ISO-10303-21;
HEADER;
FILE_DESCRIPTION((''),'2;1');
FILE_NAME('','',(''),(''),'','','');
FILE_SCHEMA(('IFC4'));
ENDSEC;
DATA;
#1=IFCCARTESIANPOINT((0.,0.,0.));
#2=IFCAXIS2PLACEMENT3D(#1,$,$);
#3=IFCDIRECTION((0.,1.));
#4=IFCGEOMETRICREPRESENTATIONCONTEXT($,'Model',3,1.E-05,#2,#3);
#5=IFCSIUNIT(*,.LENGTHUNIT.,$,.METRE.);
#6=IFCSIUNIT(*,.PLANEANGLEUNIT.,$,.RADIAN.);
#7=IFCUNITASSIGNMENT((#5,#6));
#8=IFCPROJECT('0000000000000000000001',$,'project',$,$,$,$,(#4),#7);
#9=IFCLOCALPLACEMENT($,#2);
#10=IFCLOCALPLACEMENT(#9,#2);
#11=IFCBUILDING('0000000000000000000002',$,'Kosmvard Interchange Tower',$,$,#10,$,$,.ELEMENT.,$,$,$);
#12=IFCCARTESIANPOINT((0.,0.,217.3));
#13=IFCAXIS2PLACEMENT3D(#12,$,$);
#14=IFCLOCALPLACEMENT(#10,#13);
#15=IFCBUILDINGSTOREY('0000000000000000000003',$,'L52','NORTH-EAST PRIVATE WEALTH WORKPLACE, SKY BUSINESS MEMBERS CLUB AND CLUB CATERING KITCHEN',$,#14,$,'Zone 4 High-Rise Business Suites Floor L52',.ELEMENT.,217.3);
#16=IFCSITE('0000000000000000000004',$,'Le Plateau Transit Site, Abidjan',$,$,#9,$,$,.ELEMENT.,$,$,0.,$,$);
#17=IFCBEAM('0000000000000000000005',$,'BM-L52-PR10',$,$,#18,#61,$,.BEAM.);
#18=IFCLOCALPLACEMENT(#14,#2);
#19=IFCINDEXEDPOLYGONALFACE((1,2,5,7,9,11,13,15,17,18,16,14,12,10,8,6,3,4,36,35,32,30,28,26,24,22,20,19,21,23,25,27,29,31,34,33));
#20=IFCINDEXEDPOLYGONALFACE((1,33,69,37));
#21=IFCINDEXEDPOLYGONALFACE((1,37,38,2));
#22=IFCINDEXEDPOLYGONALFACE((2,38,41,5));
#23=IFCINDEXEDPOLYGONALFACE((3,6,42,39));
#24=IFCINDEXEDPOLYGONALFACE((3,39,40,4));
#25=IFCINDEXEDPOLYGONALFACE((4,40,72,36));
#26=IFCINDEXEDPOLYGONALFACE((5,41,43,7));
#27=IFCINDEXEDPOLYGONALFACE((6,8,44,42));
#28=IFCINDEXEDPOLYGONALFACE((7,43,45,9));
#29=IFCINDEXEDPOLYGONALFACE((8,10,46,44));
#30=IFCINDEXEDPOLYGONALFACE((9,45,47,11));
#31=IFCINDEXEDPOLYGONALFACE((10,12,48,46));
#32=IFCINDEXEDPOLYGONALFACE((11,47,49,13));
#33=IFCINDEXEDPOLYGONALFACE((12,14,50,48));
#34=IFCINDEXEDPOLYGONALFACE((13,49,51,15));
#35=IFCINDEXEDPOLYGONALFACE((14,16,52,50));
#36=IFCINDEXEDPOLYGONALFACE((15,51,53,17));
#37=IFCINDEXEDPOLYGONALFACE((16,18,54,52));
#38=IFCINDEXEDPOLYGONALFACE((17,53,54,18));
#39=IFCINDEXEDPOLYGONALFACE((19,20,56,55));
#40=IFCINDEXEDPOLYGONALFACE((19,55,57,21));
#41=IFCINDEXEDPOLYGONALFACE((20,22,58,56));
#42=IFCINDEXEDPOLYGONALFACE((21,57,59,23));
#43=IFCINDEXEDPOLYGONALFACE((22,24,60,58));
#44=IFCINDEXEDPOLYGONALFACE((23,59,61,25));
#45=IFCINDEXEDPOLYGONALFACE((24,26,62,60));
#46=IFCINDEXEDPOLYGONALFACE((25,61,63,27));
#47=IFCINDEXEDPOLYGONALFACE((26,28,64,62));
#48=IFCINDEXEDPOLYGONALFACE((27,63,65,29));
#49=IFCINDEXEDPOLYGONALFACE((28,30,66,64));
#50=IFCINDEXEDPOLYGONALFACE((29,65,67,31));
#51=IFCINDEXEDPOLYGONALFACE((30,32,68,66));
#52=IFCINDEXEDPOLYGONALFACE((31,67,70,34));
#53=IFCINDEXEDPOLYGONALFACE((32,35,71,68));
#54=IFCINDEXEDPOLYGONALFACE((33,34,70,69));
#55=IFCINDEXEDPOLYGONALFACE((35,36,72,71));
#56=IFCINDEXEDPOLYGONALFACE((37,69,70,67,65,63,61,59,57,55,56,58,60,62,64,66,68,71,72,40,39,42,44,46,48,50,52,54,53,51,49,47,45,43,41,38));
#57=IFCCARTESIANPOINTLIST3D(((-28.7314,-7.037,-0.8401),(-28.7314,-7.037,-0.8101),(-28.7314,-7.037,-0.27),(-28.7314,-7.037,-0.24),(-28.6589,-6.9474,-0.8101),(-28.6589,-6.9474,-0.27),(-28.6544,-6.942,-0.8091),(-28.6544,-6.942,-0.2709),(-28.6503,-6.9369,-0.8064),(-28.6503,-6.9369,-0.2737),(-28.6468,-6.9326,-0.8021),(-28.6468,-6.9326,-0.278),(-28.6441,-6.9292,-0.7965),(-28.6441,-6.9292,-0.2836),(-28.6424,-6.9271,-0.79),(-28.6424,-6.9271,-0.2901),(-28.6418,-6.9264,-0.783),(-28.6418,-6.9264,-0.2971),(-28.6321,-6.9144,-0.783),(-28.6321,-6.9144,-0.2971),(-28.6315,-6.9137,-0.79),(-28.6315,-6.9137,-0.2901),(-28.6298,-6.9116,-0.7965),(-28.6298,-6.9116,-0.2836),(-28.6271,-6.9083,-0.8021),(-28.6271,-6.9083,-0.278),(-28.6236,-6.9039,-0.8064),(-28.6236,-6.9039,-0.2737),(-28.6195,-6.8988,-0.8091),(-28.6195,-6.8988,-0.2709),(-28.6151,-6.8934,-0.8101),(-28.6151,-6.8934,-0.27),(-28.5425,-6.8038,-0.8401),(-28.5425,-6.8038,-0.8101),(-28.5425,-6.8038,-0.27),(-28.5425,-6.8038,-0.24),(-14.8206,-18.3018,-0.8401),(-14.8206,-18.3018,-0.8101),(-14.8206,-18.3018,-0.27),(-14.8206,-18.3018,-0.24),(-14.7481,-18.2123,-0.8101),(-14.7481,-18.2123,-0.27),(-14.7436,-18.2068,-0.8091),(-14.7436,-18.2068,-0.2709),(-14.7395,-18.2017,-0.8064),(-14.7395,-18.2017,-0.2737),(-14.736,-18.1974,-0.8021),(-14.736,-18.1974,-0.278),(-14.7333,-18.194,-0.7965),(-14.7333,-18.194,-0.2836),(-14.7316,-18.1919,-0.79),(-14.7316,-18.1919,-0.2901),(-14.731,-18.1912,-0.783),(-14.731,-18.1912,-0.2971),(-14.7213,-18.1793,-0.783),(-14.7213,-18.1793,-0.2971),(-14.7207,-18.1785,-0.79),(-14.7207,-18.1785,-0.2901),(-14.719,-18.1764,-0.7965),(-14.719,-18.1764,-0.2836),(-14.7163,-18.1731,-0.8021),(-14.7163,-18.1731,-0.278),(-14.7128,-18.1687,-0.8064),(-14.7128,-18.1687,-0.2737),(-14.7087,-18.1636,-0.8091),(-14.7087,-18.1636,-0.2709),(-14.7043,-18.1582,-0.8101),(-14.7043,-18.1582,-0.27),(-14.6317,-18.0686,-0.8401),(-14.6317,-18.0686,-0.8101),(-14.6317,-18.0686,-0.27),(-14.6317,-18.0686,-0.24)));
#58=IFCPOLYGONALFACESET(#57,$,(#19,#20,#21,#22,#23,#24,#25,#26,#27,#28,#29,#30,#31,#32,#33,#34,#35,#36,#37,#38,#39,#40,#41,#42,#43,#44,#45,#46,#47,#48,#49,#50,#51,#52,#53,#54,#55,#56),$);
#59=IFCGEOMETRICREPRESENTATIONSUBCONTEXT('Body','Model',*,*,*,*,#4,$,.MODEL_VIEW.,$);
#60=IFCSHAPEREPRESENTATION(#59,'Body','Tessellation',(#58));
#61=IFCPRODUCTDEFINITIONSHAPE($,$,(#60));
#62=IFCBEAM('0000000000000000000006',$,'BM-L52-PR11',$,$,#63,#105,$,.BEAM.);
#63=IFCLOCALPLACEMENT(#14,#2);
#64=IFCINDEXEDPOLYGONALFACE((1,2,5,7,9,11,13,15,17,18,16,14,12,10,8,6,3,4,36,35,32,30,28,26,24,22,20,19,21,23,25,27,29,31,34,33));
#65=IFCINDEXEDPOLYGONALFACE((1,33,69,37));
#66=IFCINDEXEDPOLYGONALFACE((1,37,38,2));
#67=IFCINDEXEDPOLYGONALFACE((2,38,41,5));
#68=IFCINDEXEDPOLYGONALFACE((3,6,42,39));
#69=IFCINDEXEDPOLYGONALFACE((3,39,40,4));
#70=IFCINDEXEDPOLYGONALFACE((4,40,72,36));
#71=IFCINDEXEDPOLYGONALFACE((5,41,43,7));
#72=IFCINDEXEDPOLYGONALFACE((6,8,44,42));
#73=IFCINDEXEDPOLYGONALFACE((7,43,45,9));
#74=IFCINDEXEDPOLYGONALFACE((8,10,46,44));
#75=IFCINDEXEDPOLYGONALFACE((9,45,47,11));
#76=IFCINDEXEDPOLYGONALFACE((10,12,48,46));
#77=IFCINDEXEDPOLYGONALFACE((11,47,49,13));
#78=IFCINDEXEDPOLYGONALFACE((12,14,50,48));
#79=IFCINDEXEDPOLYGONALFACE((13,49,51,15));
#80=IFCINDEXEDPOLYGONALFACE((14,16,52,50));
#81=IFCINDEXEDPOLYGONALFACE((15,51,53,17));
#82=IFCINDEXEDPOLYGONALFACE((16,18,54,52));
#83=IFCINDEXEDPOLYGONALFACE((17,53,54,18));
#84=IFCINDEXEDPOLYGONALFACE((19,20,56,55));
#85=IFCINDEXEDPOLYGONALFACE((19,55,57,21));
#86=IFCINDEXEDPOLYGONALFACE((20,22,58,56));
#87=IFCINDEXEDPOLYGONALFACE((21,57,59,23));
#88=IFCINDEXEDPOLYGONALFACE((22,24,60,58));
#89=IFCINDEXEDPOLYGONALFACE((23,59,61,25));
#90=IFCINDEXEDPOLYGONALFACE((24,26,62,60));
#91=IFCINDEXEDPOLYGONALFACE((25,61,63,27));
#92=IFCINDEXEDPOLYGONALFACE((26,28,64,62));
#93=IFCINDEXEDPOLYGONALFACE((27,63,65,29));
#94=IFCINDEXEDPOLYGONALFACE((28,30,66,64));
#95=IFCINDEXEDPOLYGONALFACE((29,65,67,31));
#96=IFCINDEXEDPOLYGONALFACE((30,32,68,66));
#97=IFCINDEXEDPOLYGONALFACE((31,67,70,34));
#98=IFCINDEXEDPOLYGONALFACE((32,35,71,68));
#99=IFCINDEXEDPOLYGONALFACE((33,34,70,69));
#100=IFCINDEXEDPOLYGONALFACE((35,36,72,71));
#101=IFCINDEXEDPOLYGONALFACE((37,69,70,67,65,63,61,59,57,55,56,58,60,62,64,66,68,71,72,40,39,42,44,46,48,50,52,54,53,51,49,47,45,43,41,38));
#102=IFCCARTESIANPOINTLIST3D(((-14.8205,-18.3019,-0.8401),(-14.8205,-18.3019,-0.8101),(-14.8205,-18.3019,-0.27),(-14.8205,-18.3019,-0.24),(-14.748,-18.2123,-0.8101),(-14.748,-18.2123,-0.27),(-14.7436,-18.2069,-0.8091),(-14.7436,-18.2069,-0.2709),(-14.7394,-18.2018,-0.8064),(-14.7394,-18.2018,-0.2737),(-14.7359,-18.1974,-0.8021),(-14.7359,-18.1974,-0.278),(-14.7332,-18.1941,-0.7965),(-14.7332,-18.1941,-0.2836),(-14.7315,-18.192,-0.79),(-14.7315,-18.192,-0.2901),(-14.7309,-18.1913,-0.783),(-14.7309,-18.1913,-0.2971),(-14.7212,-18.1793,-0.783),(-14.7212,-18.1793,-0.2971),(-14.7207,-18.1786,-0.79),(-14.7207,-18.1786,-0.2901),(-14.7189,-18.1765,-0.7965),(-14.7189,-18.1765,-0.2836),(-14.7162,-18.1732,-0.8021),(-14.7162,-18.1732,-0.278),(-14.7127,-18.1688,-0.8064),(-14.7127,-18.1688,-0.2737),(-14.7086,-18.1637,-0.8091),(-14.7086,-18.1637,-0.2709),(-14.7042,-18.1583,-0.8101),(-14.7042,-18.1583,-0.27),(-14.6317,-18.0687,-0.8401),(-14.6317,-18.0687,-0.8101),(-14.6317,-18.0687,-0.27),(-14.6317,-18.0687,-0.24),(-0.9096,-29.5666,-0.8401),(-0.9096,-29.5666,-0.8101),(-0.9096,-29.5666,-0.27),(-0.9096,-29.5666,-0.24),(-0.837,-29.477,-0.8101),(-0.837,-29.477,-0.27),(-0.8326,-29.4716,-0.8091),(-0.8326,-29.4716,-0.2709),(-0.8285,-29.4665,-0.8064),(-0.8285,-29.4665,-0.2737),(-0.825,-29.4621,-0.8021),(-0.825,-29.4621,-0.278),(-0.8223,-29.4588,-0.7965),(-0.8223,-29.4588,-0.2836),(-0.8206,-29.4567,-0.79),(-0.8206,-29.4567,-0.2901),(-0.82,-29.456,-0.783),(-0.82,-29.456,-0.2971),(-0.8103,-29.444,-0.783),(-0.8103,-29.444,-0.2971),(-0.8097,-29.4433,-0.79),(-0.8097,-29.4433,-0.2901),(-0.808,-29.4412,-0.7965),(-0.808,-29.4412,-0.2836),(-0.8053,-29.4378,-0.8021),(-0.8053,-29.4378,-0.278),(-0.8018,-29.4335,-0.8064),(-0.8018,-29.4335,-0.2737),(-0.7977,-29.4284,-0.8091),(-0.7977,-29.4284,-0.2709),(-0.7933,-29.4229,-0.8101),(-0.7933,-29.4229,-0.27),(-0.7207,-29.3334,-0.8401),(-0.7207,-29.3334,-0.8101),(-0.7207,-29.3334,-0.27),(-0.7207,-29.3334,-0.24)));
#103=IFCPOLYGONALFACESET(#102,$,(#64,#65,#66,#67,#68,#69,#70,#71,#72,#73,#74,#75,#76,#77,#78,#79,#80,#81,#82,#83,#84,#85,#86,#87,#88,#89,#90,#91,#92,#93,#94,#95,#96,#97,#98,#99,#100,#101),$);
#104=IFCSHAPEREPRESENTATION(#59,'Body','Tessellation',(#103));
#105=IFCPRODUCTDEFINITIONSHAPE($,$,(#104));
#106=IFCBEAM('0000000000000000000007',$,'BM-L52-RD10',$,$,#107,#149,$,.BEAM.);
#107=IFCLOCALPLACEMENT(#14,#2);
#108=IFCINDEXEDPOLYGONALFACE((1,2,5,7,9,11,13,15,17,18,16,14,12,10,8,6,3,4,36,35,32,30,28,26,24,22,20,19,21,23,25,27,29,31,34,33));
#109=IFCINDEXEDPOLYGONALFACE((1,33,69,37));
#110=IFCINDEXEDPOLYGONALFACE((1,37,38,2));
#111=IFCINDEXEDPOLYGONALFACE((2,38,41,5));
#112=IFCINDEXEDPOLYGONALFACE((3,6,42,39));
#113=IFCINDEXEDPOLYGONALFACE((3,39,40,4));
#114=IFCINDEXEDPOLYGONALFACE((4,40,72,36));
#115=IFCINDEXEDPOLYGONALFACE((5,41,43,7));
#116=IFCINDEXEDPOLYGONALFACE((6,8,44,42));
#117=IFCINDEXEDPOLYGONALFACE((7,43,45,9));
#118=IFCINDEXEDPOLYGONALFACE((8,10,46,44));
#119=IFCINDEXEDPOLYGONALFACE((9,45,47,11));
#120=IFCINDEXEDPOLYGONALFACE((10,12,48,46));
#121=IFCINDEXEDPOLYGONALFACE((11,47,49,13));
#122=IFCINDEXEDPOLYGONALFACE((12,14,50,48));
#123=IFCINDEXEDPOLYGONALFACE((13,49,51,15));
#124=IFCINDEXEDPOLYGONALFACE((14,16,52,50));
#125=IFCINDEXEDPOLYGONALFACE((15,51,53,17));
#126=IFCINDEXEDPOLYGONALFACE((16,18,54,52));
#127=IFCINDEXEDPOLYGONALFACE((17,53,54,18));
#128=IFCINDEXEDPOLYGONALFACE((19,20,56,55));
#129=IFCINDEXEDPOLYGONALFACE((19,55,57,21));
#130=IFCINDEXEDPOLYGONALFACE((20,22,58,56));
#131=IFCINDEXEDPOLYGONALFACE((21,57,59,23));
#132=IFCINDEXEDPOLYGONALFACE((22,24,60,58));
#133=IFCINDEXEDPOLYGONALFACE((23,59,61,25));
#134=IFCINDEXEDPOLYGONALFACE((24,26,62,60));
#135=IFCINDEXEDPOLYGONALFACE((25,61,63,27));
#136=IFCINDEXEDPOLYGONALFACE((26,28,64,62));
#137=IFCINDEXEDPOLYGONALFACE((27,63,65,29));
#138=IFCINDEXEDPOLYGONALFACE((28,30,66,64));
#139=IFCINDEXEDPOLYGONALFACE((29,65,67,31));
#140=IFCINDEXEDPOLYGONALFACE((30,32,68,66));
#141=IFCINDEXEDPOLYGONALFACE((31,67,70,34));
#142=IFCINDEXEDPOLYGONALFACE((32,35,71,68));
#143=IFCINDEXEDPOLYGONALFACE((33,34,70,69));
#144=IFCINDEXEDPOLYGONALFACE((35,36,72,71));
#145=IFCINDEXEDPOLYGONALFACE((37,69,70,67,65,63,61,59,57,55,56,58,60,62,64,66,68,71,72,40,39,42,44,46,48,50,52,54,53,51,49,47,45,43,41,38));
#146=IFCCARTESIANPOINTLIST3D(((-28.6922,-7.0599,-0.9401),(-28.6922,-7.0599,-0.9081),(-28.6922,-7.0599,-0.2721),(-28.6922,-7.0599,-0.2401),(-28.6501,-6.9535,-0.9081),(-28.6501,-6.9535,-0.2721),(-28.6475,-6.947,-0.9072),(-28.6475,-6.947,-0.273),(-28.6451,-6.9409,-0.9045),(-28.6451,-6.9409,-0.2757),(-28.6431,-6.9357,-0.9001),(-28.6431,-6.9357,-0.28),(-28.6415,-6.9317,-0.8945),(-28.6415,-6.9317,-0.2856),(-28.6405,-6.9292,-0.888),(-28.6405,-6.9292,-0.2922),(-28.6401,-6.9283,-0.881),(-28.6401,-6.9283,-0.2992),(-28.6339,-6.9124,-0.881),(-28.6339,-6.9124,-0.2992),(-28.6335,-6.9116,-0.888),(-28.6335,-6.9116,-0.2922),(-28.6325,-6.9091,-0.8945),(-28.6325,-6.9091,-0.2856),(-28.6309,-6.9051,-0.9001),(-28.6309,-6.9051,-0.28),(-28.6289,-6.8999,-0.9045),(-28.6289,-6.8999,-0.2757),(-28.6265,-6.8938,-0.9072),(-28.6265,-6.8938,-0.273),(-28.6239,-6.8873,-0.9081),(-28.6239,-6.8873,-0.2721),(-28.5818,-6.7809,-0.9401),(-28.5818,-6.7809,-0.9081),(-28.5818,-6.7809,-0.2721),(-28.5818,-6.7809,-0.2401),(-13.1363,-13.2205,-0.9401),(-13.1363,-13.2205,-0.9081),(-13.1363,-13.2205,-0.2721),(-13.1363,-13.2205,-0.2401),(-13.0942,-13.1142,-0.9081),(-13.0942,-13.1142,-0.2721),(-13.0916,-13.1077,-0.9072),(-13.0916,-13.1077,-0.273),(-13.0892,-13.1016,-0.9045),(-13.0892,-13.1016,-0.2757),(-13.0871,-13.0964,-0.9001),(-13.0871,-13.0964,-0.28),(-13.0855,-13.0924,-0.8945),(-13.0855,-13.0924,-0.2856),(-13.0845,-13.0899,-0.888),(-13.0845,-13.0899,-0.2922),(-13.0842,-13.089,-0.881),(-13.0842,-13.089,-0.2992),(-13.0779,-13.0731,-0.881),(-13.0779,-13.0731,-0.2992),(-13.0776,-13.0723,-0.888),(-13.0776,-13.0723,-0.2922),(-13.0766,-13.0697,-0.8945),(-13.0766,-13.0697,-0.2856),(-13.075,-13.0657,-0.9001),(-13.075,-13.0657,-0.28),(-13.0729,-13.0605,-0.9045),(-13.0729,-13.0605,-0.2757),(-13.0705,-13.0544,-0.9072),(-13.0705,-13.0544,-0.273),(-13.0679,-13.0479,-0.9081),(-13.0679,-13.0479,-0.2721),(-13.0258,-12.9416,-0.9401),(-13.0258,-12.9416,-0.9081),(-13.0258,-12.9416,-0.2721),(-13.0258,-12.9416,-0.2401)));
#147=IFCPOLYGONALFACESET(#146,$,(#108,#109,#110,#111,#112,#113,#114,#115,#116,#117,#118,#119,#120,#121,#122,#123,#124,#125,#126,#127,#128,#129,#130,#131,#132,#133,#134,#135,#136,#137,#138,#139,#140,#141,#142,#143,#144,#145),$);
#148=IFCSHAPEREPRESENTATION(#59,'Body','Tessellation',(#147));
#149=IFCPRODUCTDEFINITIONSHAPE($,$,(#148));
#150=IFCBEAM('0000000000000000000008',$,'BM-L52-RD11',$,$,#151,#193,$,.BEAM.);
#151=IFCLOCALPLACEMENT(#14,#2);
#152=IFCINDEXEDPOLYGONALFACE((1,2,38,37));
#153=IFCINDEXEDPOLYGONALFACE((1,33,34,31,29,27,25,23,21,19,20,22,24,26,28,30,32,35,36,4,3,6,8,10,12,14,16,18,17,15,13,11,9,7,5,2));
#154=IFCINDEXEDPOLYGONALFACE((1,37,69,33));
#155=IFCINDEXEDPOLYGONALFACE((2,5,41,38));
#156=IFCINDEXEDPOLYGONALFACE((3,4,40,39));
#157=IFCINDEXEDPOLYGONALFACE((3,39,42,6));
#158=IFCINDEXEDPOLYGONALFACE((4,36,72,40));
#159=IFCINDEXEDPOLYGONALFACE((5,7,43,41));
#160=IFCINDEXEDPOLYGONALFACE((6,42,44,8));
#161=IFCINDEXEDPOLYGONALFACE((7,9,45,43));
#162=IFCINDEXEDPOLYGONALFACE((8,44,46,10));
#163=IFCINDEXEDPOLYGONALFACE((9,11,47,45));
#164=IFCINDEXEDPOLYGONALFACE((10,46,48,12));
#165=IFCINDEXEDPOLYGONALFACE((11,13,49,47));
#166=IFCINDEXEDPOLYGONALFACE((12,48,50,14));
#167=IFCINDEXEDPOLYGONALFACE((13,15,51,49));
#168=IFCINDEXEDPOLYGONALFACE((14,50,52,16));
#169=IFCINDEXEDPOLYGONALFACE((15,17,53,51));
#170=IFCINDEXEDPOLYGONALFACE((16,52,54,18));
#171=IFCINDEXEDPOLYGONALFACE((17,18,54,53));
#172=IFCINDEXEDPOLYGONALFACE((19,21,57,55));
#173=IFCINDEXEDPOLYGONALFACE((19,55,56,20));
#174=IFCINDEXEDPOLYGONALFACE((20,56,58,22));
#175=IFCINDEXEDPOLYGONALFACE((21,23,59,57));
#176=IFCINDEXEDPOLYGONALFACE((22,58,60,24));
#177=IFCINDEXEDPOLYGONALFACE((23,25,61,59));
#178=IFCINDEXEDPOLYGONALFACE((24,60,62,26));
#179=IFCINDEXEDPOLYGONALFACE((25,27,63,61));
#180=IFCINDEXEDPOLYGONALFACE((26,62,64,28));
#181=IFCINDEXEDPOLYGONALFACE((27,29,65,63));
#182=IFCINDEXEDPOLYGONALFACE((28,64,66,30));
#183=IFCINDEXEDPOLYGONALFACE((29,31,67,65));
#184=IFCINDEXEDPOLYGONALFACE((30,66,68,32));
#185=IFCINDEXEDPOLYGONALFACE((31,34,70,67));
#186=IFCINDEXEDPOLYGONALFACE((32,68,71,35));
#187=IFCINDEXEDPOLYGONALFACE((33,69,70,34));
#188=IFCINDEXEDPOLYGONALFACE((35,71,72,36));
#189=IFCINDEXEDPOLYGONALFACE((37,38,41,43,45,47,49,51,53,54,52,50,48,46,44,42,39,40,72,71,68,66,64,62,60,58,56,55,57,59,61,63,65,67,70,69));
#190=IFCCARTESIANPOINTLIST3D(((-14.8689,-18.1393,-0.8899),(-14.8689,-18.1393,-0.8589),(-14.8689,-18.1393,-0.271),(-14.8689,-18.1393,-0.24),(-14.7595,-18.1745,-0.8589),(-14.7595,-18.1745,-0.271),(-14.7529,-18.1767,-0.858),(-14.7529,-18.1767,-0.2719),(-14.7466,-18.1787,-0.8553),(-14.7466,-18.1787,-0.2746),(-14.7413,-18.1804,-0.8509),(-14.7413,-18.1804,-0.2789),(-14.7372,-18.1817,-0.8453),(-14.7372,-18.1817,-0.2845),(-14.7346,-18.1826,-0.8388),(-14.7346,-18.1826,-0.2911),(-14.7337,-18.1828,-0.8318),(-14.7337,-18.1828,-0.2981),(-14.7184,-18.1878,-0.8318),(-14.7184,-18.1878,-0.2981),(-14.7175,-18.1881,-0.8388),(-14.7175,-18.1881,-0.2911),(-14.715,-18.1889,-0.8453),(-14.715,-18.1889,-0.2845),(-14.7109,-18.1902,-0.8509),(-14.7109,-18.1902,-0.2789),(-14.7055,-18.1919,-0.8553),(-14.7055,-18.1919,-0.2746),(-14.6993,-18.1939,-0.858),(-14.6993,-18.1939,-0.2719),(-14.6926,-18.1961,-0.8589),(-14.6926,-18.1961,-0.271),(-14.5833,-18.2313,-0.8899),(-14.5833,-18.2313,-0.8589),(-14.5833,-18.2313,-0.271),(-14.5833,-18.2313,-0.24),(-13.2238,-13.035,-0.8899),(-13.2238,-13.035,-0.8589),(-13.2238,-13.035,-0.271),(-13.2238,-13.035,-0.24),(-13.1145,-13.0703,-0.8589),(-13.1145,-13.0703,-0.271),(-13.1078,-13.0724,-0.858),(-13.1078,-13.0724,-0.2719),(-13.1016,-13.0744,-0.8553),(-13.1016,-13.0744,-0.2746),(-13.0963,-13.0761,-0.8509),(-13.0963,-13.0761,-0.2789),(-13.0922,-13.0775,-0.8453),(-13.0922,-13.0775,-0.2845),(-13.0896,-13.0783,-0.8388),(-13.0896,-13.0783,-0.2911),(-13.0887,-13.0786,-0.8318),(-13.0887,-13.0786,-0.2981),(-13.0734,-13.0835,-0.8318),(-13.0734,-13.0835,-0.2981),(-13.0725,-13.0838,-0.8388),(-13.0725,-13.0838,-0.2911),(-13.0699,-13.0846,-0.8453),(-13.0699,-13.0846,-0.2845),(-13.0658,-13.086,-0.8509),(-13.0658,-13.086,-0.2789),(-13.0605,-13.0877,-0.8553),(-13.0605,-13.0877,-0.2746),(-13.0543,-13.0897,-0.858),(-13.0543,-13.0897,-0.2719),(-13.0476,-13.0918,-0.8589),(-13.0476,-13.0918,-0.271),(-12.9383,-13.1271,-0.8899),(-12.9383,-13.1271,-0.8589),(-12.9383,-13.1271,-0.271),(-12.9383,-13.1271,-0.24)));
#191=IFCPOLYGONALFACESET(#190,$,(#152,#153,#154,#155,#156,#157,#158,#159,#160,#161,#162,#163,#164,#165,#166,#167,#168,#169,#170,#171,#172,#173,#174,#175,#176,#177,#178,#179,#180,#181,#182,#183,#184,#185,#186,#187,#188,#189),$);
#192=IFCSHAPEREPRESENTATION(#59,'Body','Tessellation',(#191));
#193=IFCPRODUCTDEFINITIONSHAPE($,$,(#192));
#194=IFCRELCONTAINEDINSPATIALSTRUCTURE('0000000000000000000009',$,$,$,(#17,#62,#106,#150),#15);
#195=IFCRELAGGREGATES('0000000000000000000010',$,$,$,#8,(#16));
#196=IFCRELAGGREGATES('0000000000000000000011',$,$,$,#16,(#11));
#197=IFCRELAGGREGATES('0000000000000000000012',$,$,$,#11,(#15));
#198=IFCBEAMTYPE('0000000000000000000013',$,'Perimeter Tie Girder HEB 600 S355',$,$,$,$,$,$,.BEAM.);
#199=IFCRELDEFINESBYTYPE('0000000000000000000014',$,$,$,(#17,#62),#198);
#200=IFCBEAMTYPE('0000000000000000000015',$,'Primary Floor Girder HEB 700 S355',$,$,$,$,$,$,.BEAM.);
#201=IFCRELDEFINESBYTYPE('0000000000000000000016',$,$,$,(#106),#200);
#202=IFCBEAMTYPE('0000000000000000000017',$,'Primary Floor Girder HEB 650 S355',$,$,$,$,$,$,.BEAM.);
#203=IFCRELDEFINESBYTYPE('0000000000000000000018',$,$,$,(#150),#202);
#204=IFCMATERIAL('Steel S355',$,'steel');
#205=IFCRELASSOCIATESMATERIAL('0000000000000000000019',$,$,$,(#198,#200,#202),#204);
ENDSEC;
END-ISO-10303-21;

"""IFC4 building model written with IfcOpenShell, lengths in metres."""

from ifc_helpers import new_model, si_unit, direction, frame, origin, origin_2d, place, context, subcontext, project, spatial, i_section, extrude, source, transform, mapped, material, material_profile, profile_set, type_object, element, save


model = new_model("IFC4")

# Units and contexts
model_context = context("Model", 3, precision=1e-05, world=origin(), true_north=direction((0.0, 1.0)))
body_context = subcontext(model_context, "Body", "Model", "MODEL_VIEW")
ifc_project = project(units=[si_unit("LENGTHUNIT", "METRE"), si_unit("PLANEANGLEUNIT", "RADIAN")], contexts=[model_context])

# Site, building, storey
site_placement = place(None, origin())
site = spatial("IfcSite", under=ifc_project, at=site_placement, Name="Le Plateau Transit Site, Abidjan", CompositionType="ELEMENT", RefElevation=0.0)
building_placement = place(site_placement, origin())
building = spatial("IfcBuilding", under=site, at=building_placement, Name="Kosmvard Interchange Tower", CompositionType="ELEMENT")
storey_placement = place(building_placement, frame((0.0, 0.0, 217.3)))
storey = spatial("IfcBuildingStorey", under=building, at=storey_placement, Name="L52", Description="NORTH-EAST PRIVATE WEALTH WORKPLACE, SKY BUSINESS MEMBERS CLUB AND CLUB CATERING KITCHEN", LongName="Zone 4 High-Rise Business Suites Floor L52", CompositionType="ELEMENT", Elevation=217.3)

# Beams
ifc_material_1 = material(Name="Steel S355", Category="steel")
ifc_material_profile_1 = material_profile(ifc_material_1, i_section(OverallWidth=0.3, OverallDepth=0.6001, WebThickness=0.0154, FlangeThickness=0.03, FilletRadius=0.0271, at=origin_2d()), Name="HEB 600")
ifc_profile_set_1 = profile_set([ifc_material_profile_1], Name="Steel S355")
beam_type_1 = type_object("IfcBeamType", Name="Perimeter Tie Girder HEB 600 S355", PredefinedType="BEAM", material=ifc_profile_set_1)
shared_shape_1 = source(origin(), body_context, "Body", "SweptSolid", [
    extrude(i_section(OverallWidth=0.3, OverallDepth=0.6001, WebThickness=0.0154, FlangeThickness=0.03, FilletRadius=0.0271, at=origin_2d()), origin(), (0.0, 0.0, 1.0), 17.8999),
])
for number, where, z_axis, x_axis, name in (
    (1, (-28.637, -6.9204, -0.54), (0.777144, -0.629323, 0.0), (0.629323, 0.777144, 0.0), "BM-L52-PR10"),
    (2, (-14.7261, -18.1853, -0.54), (0.777151, -0.629315, 0.0), (0.629315, 0.777151, 0.0), "BM-L52-PR11"),
):
    element("IfcBeam", number, at=place(storey_placement, frame(where, z_axis=z_axis, x_axis=x_axis)), inside=storey, type_object=beam_type_1, Name=name, PredefinedType="BEAM", context=body_context, shape_type="MappedRepresentation", body=[
        mapped(shared_shape_1, transform((0.0, 0.0, 0.0), scale=1.0)),
    ])
ifc_material_profile_2 = material_profile(ifc_material_1, i_section(OverallWidth=0.3, OverallDepth=0.7, WebThickness=0.0171, FlangeThickness=0.032, FilletRadius=0.0271, at=origin_2d()), Name="HEB 700")
ifc_profile_set_2 = profile_set([ifc_material_profile_2], Name="Steel S355")
beam_type_2 = type_object("IfcBeamType", Name="Primary Floor Girder HEB 700 S355", PredefinedType="BEAM", material=ifc_profile_set_2)
shared_shape_2 = source(origin(), body_context, "Body", "SweptSolid", [
    extrude(i_section(OverallWidth=0.3, OverallDepth=0.7, WebThickness=0.0171, FlangeThickness=0.032, FilletRadius=0.0271, at=origin_2d()), origin(), (0.0, 0.0, 1.0), 16.7314),
])
beam_1_placement = place(storey_placement, frame((-13.0811, -13.0811, -0.5901), z_axis=(-0.929743, 0.368209, 0.0), x_axis=(-0.368209, -0.929743, 0.0)))
element("IfcBeam", 3, at=beam_1_placement, inside=storey, type_object=beam_type_2, Name="BM-L52-RD10", PredefinedType="BEAM", context=body_context, shape_type="MappedRepresentation", body=[
    mapped(shared_shape_2, transform((0.0, 0.0, 0.0), scale=1.0)),
])
ifc_material_profile_3 = material_profile(ifc_material_1, i_section(OverallWidth=0.3, OverallDepth=0.6499, WebThickness=0.0161, FlangeThickness=0.031, FilletRadius=0.0271, at=origin_2d()), Name="HEB 650")
ifc_profile_set_3 = profile_set([ifc_material_profile_3], Name="Steel S355")
beam_type_3 = type_object("IfcBeamType", Name="Primary Floor Girder HEB 650 S355", PredefinedType="BEAM", material=ifc_profile_set_3)
shared_shape_3 = source(origin(), body_context, "Body", "SweptSolid", [
    extrude(i_section(OverallWidth=0.3, OverallDepth=0.6499, WebThickness=0.0161, FlangeThickness=0.031, FilletRadius=0.0271, at=origin_2d()), origin(), (0.0, 0.0, 1.0), 5.3628),
])
beam_2_placement = place(storey_placement, frame((-13.0811, -13.0811, -0.5649), z_axis=(-0.306747, -0.951791, 0.0), x_axis=(0.951791, -0.306747, 0.0)))
element("IfcBeam", 4, at=beam_2_placement, inside=storey, type_object=beam_type_3, Name="BM-L52-RD11", PredefinedType="BEAM", context=body_context, shape_type="MappedRepresentation", body=[
    mapped(shared_shape_3, transform((0.0, 0.0, 0.0), scale=1.0)),
])

save(model, "model.ifc")
